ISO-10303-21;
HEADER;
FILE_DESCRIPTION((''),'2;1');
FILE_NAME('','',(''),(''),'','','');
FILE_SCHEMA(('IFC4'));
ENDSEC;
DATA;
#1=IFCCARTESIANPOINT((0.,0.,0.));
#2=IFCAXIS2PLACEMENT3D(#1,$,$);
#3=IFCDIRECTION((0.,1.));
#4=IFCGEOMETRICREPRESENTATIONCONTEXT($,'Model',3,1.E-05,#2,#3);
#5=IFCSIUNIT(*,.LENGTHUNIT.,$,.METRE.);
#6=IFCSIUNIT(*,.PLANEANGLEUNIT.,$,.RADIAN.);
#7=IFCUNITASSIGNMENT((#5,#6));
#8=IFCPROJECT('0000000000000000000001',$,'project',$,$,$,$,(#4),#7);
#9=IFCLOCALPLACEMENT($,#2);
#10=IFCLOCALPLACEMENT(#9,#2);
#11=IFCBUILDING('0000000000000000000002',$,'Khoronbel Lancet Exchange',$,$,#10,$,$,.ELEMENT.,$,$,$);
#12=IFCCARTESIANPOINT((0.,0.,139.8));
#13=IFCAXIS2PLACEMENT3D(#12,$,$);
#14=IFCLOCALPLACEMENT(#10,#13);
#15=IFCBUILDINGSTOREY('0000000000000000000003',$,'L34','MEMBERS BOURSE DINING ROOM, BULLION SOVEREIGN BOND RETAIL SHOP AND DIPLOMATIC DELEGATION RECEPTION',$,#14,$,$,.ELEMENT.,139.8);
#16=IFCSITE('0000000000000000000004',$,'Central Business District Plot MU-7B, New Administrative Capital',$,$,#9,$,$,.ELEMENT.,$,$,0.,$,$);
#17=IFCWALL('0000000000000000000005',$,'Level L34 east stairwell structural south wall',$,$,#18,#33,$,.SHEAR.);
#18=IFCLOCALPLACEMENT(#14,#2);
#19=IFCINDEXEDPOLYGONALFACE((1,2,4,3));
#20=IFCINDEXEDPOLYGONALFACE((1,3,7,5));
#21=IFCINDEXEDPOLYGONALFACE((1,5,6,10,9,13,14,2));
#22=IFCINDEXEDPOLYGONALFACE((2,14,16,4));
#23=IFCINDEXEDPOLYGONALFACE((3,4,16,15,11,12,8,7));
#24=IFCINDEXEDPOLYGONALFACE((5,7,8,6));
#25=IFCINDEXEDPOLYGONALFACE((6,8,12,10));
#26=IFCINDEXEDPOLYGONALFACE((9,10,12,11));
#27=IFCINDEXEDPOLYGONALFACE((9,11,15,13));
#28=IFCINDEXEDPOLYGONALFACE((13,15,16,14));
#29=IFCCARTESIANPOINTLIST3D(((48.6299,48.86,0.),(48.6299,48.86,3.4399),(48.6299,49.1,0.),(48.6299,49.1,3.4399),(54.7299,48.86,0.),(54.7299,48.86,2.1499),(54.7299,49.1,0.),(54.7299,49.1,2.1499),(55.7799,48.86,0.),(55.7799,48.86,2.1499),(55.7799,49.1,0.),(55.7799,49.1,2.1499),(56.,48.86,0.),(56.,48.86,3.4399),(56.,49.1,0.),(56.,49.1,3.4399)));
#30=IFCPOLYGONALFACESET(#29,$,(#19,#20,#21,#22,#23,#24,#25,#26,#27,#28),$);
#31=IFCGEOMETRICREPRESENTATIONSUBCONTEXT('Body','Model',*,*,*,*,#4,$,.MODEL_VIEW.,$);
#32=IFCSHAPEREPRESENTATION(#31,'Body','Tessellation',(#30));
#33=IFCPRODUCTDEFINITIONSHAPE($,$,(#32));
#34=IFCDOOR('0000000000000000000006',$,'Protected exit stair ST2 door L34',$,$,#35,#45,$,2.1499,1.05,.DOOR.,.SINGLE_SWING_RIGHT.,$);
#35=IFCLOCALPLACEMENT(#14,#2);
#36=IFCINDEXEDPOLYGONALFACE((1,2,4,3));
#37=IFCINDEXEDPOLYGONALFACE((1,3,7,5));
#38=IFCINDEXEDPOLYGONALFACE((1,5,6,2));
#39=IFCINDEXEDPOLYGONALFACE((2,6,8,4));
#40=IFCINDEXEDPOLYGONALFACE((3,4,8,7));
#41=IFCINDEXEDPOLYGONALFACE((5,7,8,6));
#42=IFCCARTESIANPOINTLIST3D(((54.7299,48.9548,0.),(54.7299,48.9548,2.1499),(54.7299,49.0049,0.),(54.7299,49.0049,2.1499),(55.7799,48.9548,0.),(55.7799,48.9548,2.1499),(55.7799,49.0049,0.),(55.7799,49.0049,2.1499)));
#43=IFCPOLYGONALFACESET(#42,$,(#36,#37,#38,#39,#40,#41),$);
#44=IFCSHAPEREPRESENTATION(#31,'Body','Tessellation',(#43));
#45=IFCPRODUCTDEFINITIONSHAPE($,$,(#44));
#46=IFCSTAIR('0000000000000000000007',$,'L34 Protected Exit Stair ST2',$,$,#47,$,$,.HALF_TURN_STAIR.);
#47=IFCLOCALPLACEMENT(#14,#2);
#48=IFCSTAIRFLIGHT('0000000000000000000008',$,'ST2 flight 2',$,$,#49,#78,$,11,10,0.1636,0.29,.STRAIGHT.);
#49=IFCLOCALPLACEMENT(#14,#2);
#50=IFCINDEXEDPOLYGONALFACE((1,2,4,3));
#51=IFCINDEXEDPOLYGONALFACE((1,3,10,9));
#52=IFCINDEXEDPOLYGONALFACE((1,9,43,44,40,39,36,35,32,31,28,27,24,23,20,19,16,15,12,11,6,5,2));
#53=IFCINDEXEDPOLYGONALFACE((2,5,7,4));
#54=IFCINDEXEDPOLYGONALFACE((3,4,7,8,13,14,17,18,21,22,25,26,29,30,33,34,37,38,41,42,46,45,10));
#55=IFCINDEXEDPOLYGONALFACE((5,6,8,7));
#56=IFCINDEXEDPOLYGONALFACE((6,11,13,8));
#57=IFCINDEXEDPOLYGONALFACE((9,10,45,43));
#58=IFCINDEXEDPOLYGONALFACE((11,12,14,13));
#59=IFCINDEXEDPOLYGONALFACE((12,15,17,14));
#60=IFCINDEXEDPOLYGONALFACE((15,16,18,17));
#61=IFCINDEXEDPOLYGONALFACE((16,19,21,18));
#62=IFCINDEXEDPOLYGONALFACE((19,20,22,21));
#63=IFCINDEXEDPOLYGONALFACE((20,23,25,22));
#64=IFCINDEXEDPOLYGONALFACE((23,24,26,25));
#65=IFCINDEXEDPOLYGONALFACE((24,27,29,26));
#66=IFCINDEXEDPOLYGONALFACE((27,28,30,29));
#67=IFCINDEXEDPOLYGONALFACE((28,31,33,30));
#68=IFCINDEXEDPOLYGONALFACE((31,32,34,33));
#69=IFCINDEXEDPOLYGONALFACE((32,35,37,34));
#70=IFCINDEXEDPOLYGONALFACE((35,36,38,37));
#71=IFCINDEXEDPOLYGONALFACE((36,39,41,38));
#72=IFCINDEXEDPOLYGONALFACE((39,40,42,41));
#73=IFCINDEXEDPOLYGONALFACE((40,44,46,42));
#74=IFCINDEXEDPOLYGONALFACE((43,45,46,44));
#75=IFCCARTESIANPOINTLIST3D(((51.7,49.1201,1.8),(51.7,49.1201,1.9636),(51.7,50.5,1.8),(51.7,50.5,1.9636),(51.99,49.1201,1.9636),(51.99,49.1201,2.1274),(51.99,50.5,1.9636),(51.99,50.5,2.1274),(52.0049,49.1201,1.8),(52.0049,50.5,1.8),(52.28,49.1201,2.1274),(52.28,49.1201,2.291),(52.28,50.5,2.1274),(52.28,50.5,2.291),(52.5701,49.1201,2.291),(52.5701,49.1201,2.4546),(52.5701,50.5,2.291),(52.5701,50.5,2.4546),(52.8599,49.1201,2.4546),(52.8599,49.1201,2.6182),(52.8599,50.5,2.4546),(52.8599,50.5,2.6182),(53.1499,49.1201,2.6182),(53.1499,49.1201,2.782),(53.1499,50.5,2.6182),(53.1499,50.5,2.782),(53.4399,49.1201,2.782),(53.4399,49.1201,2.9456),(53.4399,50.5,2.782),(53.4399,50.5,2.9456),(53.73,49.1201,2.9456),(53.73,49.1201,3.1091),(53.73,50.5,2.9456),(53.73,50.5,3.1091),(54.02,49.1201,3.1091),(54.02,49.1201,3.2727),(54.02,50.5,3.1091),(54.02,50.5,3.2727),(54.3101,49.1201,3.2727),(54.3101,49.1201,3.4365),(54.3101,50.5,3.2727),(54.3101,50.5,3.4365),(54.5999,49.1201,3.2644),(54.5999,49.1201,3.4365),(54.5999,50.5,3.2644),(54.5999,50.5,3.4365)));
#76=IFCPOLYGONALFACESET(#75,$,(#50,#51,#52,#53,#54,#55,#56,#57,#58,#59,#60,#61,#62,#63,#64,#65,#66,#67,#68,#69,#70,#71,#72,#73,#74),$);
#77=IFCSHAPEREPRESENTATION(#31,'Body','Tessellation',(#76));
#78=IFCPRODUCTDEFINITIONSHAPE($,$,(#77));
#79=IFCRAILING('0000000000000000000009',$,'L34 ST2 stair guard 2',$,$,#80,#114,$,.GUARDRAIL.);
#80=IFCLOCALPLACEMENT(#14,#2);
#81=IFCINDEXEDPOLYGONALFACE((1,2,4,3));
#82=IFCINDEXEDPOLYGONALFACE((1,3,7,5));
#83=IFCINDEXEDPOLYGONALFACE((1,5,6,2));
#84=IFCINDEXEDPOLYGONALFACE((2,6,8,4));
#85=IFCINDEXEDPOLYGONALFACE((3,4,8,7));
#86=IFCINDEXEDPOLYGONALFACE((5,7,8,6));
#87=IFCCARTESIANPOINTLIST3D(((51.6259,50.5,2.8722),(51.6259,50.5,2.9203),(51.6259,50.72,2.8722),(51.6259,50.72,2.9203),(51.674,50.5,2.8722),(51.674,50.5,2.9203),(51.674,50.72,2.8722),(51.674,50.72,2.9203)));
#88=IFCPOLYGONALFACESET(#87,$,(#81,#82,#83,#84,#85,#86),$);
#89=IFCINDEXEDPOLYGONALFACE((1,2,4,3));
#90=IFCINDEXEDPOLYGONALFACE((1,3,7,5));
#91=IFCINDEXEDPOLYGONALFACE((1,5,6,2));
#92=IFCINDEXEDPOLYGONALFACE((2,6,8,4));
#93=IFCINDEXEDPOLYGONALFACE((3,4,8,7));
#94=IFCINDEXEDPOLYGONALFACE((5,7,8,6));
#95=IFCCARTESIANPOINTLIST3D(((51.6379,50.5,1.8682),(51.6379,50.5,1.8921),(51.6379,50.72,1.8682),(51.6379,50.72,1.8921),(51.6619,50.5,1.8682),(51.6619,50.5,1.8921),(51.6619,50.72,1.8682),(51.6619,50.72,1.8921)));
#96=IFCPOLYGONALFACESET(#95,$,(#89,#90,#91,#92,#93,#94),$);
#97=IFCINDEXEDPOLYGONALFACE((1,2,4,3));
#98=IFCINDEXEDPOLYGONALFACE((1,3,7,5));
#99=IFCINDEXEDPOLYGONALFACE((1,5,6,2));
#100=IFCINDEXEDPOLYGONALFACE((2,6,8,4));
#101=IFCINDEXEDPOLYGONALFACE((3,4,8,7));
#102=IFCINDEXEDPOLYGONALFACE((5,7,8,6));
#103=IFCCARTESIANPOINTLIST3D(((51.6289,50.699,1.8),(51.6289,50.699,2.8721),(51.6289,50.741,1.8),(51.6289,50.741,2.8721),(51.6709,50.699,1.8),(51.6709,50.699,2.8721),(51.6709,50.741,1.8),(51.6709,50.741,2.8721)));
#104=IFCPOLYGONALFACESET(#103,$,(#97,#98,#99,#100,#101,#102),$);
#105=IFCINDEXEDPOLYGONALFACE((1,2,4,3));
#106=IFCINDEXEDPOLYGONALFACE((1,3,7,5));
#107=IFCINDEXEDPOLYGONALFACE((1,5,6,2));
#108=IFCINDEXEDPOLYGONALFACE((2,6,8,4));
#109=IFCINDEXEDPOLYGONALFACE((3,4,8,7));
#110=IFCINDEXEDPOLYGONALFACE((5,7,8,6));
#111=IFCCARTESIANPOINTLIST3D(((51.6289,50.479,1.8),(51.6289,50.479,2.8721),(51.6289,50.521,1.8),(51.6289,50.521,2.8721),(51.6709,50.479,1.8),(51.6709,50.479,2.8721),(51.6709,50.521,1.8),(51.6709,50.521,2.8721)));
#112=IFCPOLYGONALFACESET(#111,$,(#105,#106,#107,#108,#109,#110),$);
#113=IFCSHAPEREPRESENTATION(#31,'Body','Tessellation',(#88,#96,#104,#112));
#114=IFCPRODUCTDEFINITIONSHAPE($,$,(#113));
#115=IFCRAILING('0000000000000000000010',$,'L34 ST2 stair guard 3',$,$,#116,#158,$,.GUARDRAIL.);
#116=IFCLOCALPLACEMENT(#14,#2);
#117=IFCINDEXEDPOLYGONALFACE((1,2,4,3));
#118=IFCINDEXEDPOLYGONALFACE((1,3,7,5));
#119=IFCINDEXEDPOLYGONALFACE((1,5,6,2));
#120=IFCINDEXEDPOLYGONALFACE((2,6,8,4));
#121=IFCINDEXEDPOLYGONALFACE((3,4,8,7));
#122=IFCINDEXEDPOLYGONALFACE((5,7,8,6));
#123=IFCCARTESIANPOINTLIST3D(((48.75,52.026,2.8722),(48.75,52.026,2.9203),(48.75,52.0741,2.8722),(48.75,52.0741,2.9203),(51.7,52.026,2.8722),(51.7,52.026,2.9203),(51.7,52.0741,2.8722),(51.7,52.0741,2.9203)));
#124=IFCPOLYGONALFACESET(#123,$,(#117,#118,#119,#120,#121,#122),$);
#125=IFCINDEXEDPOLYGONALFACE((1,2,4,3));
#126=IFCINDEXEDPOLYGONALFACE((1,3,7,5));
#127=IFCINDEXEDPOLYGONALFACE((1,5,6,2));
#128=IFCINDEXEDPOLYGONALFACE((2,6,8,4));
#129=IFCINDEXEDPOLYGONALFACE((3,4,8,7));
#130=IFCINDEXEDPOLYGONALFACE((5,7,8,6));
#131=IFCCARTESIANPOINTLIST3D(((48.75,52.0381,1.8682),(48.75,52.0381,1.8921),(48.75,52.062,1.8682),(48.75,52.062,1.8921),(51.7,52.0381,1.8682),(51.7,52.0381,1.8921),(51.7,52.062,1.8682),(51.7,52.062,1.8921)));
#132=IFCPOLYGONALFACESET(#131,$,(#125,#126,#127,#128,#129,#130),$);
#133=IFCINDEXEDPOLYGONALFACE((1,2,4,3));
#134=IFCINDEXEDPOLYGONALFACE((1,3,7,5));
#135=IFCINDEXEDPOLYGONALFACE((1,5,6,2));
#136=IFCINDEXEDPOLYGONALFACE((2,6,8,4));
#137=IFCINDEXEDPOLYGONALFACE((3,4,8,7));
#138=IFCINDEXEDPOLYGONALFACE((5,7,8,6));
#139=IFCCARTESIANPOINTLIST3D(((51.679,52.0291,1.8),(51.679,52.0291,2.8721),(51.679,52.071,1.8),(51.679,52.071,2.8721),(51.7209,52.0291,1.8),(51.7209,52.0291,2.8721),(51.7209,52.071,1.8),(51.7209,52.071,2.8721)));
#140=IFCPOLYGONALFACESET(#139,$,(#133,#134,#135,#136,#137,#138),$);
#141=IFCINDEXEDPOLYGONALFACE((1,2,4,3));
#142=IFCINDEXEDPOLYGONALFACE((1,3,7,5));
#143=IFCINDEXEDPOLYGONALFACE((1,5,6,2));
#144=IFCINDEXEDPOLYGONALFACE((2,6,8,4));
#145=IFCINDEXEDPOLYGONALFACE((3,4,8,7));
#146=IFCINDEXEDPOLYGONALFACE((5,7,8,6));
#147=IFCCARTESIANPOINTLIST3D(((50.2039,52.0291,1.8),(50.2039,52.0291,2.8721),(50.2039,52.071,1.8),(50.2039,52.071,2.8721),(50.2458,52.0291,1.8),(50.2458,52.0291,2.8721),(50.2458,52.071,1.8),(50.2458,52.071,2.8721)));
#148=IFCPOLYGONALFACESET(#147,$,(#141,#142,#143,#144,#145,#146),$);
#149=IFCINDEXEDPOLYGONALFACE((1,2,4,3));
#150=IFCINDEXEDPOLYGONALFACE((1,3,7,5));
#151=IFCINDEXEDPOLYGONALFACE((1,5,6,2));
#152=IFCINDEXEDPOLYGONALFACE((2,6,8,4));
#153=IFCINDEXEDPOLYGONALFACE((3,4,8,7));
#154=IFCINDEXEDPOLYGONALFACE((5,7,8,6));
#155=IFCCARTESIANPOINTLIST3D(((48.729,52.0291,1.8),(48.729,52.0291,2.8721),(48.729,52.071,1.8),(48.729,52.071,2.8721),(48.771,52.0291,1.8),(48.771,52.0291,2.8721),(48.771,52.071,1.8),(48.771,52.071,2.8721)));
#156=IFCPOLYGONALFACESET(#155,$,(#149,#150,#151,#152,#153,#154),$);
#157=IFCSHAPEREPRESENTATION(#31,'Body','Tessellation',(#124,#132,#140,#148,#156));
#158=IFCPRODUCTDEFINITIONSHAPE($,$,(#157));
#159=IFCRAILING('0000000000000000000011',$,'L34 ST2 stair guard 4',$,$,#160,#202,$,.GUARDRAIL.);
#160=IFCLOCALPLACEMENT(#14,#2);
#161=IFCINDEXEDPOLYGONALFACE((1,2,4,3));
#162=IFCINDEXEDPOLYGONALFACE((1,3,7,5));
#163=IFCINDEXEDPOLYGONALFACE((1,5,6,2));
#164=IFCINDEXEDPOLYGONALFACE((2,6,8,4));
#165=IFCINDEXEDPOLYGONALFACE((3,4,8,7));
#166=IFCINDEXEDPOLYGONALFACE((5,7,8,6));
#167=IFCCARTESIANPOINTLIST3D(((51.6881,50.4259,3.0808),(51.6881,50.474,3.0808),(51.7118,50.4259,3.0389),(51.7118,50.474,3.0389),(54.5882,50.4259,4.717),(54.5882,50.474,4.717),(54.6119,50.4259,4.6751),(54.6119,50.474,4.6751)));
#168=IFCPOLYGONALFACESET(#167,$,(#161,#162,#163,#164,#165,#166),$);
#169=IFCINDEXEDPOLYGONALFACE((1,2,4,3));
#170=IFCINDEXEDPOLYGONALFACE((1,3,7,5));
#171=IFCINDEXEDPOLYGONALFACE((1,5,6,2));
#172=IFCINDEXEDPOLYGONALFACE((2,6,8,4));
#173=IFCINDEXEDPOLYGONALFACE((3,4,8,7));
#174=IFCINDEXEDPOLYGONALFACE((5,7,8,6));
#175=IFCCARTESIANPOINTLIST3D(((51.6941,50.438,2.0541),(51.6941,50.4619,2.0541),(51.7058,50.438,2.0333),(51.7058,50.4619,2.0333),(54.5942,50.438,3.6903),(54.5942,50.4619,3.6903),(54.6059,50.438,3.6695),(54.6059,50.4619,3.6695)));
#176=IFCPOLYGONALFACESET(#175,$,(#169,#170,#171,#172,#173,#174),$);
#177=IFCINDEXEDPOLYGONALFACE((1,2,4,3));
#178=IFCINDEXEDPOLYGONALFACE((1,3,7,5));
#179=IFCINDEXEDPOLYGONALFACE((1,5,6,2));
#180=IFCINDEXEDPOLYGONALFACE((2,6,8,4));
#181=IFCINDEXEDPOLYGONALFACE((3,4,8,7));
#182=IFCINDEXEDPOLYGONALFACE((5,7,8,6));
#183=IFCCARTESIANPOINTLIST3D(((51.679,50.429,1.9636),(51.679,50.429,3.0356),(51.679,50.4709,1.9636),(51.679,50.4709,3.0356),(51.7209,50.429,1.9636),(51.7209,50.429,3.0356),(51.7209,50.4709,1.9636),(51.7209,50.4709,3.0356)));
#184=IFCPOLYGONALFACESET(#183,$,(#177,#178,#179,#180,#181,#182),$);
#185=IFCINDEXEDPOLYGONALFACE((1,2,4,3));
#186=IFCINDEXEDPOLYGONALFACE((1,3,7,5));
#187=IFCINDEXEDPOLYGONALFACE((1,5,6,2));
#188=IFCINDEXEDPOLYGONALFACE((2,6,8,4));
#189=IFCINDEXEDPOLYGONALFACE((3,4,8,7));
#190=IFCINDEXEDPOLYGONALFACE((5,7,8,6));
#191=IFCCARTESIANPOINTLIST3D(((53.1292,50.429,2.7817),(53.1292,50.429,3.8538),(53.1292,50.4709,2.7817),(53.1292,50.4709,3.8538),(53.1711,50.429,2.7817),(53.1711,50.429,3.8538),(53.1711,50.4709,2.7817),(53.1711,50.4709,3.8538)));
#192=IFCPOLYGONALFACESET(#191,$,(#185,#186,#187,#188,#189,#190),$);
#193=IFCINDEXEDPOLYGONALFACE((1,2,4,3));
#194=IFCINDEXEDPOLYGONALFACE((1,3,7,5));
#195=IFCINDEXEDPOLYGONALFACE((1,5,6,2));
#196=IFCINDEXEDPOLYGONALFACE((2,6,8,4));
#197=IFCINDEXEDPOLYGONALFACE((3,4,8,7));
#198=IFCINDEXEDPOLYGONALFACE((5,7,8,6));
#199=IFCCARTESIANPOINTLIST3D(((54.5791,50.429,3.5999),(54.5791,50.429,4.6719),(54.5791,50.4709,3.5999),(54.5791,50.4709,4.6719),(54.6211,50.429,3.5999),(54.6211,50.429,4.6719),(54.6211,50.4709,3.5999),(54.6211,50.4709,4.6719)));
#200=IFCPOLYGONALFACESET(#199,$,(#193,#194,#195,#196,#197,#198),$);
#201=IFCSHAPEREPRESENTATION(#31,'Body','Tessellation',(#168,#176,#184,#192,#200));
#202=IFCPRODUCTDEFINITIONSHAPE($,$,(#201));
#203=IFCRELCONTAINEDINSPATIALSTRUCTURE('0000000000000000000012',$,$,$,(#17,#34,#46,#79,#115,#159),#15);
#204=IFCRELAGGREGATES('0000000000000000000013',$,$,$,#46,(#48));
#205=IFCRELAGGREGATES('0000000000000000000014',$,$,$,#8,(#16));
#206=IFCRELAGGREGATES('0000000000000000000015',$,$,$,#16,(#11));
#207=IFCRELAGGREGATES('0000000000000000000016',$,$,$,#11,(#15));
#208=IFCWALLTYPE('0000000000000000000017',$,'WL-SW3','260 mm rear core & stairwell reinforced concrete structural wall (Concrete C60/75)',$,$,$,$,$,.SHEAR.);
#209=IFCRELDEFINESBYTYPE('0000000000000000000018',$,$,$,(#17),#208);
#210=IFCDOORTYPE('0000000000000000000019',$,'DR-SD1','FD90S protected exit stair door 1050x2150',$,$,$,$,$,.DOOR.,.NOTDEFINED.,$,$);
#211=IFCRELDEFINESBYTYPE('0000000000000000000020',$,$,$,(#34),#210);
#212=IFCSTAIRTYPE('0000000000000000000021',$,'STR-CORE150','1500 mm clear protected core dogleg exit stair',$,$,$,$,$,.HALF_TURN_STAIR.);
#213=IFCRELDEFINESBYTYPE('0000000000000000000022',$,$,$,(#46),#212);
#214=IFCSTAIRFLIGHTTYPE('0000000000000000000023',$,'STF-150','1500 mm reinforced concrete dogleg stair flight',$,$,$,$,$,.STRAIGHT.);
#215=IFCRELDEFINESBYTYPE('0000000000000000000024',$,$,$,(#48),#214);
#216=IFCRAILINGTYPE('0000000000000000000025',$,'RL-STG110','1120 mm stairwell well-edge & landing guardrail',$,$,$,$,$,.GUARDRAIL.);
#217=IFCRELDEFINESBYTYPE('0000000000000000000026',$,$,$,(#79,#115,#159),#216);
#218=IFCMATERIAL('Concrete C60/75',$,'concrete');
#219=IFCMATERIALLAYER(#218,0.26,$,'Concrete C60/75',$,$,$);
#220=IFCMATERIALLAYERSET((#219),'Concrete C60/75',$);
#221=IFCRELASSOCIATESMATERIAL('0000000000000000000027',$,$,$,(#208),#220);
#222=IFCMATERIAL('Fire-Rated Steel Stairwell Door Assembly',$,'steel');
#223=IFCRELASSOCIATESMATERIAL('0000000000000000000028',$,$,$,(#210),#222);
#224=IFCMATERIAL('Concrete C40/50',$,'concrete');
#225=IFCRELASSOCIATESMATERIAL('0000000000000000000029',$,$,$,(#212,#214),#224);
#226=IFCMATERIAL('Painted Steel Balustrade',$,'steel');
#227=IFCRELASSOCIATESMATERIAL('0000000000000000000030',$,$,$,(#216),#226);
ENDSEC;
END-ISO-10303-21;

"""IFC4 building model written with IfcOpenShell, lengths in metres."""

from ifc_helpers import new_model, si_unit, direction, frame, frame_2d, origin, origin_2d, place, context, subcontext, project, spatial, polyline, rectangle, outline, extrude, material, layer, layer_set, type_object, element, fill, aggregate, save


model = new_model("IFC4")

# Units and contexts
model_context = context("Model", 3, precision=1e-05, world=origin(), true_north=direction((0.0, 1.0)))
body_context = subcontext(model_context, "Body", "Model", "MODEL_VIEW")
ifc_project = project(units=[si_unit("LENGTHUNIT", "METRE"), si_unit("PLANEANGLEUNIT", "RADIAN")], contexts=[model_context])

# Site, building, storey
site_placement = place(None, origin())
site = spatial("IfcSite", under=ifc_project, at=site_placement, Name="Central Business District Plot MU-7B, New Administrative Capital", CompositionType="ELEMENT", RefElevation=0.0)
building_placement = place(site_placement, origin())
building = spatial("IfcBuilding", under=site, at=building_placement, Name="Khoronbel Lancet Exchange", CompositionType="ELEMENT")
storey_placement = place(building_placement, frame((0.0, 0.0, 139.8)))
storey = spatial("IfcBuildingStorey", under=building, at=storey_placement, Name="L34", Description="MEMBERS BOURSE DINING ROOM, BULLION SOVEREIGN BOND RETAIL SHOP AND DIPLOMATIC DELEGATION RECEPTION", CompositionType="ELEMENT", Elevation=139.8)

# Wall, opening, door
ifc_material_1 = material(Name="Concrete C60/75", Category="concrete")
ifc_layer_1 = layer(ifc_material_1, 0.26, Name="Concrete C60/75")
ifc_layer_set_1 = layer_set([ifc_layer_1], Name="Concrete C60/75")
wall_type_1 = type_object("IfcWallType", Name="WL-SW3", Description="260 mm rear core & stairwell reinforced concrete structural wall (Concrete C60/75)", PredefinedType="SHEAR", material=ifc_layer_set_1)
wall_1_placement = place(storey_placement, frame((48.6299, 48.98, 0.0), z_axis=(0.0, 0.0, 1.0), x_axis=(1.0, 0.0, 0.0)))
wall_1 = element("IfcWall", 1, at=wall_1_placement, inside=storey, type_object=wall_type_1, Name="Level L34 east stairwell structural south wall", PredefinedType="SHEAR", context=body_context, shape_type="SweptSolid", body=[
    extrude(rectangle(XDim=7.3701, YDim=0.24, at=frame_2d((3.6851, 0.0))), origin(), (0.0, 0.0, 1.0), 3.4399),
])
opening_1_placement = place(wall_1_placement, frame((6.1001, 0.0, 0.0)))
opening_1 = element("IfcOpeningElement", 2, at=opening_1_placement, cuts=wall_1, PredefinedType="OPENING", context=body_context, shape_type="SweptSolid", body=[
    extrude(rectangle(XDim=1.05, YDim=2.1499, at=frame_2d((0.5249, 1.075))), frame((0.0, 0.1299, 0.0), z_axis=(0.0, -1.0, 0.0), x_axis=(1.0, 0.0, 0.0)), (0.0, 0.0, 1.0), 0.26),
])
ifc_material_2 = material(Name="Fire-Rated Steel Stairwell Door Assembly", Category="steel")
door_type_1 = type_object("IfcDoorType", Name="DR-SD1", Description="FD90S protected exit stair door 1050x2150", OperationType="NOTDEFINED", PredefinedType="DOOR", material=ifc_material_2)
door_1_placement = place(opening_1_placement, origin())
door_1 = element("IfcDoor", 3, at=door_1_placement, inside=storey, type_object=door_type_1, Name="Protected exit stair ST2 door L34", OperationType="SINGLE_SWING_RIGHT", OverallHeight=2.1499, OverallWidth=1.05, PredefinedType="DOOR", context=body_context, shape_type="SweptSolid", body=[
    extrude(rectangle(XDim=1.05, YDim=2.1499, at=frame_2d((0.5249, 1.075))), frame((0.0, 0.0249, 0.0), z_axis=(0.0, -1.0, 0.0), x_axis=(1.0, 0.0, 0.0)), (0.0, 0.0, 1.0), 0.05),
])
fill(opening_1, door_1)

# Stair, stair flight
ifc_material_3 = material(Name="Concrete C40/50", Category="concrete")
stair_type = type_object("IfcStairType", Name="STR-CORE150", Description="1500 mm clear protected core dogleg exit stair", PredefinedType="HALF_TURN_STAIR", material=ifc_material_3)
stair_placement = place(storey_placement, origin())
stair = element("IfcStair", 4, at=stair_placement, inside=storey, type_object=stair_type, Name="L34 Protected Exit Stair ST2", PredefinedType="HALF_TURN_STAIR")
stair_flight_type = type_object("IfcStairFlightType", Name="STF-150", Description="1500 mm reinforced concrete dogleg stair flight", PredefinedType="STRAIGHT", material=ifc_material_3)
stair_flight_placement = place(storey_placement, frame((51.7, 49.8101, 1.8), z_axis=(0.0, 0.0, 1.0), x_axis=(1.0, 0.0, 0.0)))
stair_flight = element("IfcStairFlight", 5, at=stair_flight_placement, type_object=stair_flight_type, Name="ST2 flight 2", NumberOfRisers=11, NumberOfTreads=10, PredefinedType="STRAIGHT", RiserHeight=0.1636, TreadLength=0.29, context=body_context, shape_type="SweptSolid", body=[
    extrude(outline(polyline([(0.0, 0.0), (0.0, 0.1636), (0.29, 0.1636), (0.29, 0.3274), (0.5801, 0.3274), (0.5801, 0.491), (0.8701, 0.491), (0.8701, 0.6545), (1.1599, 0.6545), (1.1599, 0.8181), (1.45, 0.8181), (1.45, 0.9819), (1.74, 0.9819), (1.74, 1.1455), (2.03, 1.1455), (2.03, 1.3091), (2.3201, 1.3091), (2.3201, 1.4727), (2.6101, 1.4727), (2.6101, 1.6365), (2.8999, 1.6365), (2.8999, 1.8), (2.8999, 1.4644), (0.3049, 0.0), (0.0, 0.0)])), frame((0.0, 0.6899, 0.0), z_axis=(0.0, -1.0, 0.0), x_axis=(1.0, 0.0, 0.0)), (0.0, 0.0, 1.0), 1.3799),
])
aggregate(stair, [stair_flight])

# Railings
ifc_material_4 = material(Name="Painted Steel Balustrade", Category="steel")
railing_type_1 = type_object("IfcRailingType", Name="RL-STG110", Description="1120 mm stairwell well-edge & landing guardrail", PredefinedType="GUARDRAIL", material=ifc_material_4)
railing_1_placement = place(storey_placement, frame((51.6499, 50.72, 1.8)))
element("IfcRailing", 6, at=railing_1_placement, inside=storey, type_object=railing_type_1, Name="L34 ST2 stair guard 2", PredefinedType="GUARDRAIL", context=body_context, shape_type="SweptSolid", body=[
    extrude(rectangle(XDim=0.0481, YDim=0.0481, at=origin_2d()), frame((0.0, 0.0, 1.0962), z_axis=(0.0, -1.0, 0.0), x_axis=(1.0, 0.0, 0.0)), (0.0, 0.0, 1.0), 0.22),
    extrude(rectangle(XDim=0.0239, YDim=0.0239, at=origin_2d()), frame((0.0, 0.0, 0.0801), z_axis=(0.0, -1.0, 0.0), x_axis=(1.0, 0.0, 0.0)), (0.0, 0.0, 1.0), 0.22),
    extrude(rectangle(XDim=0.042, YDim=0.042, at=origin_2d()), origin(), (0.0, 0.0, 1.0), 1.072),
    extrude(rectangle(XDim=0.042, YDim=0.042, at=origin_2d()), frame((0.0, -0.22, 0.0)), (0.0, 0.0, 1.0), 1.072),
])
railing_2_placement = place(storey_placement, frame((51.7, 52.05, 1.8)))
element("IfcRailing", 7, at=railing_2_placement, inside=storey, type_object=railing_type_1, Name="L34 ST2 stair guard 3", PredefinedType="GUARDRAIL", context=body_context, shape_type="SweptSolid", body=[
    extrude(rectangle(XDim=0.0481, YDim=0.0481, at=origin_2d()), frame((0.0, 0.0, 1.0962), z_axis=(-1.0, 0.0, 0.0), x_axis=(0.0, -1.0, 0.0)), (0.0, 0.0, 1.0), 2.95),
    extrude(rectangle(XDim=0.0239, YDim=0.0239, at=origin_2d()), frame((0.0, 0.0, 0.0801), z_axis=(-1.0, 0.0, 0.0), x_axis=(0.0, -1.0, 0.0)), (0.0, 0.0, 1.0), 2.95),
    extrude(rectangle(XDim=0.042, YDim=0.042, at=origin_2d()), origin(), (0.0, 0.0, 1.0), 1.072),
    extrude(rectangle(XDim=0.042, YDim=0.042, at=origin_2d()), frame((-1.4751, 0.0, 0.0)), (0.0, 0.0, 1.0), 1.072),
    extrude(rectangle(XDim=0.042, YDim=0.042, at=origin_2d()), frame((-2.95, 0.0, 0.0)), (0.0, 0.0, 1.0), 1.072),
])
railing_3_placement = place(storey_placement, frame((51.7, 50.45, 1.9636)))
element("IfcRailing", 8, at=railing_3_placement, inside=storey, type_object=railing_type_1, Name="L34 ST2 stair guard 4", PredefinedType="GUARDRAIL", context=body_context, shape_type="SweptSolid", body=[
    extrude(rectangle(XDim=0.0481, YDim=0.0481, at=origin_2d()), frame((0.0, 0.0, 1.0962), z_axis=(0.870946, 0.0, 0.491378), x_axis=(0.0, 1.0, 0.0)), (0.0, 0.0, 1.0), 3.3298),
    extrude(rectangle(XDim=0.0239, YDim=0.0239, at=origin_2d()), frame((0.0, 0.0, 0.0801), z_axis=(0.870946, 0.0, 0.491378), x_axis=(0.0, 1.0, 0.0)), (0.0, 0.0, 1.0), 3.3298),
    extrude(rectangle(XDim=0.042, YDim=0.042, at=origin_2d()), origin(), (0.0, 0.0, 1.0), 1.072),
    extrude(rectangle(XDim=0.042, YDim=0.042, at=origin_2d()), frame((1.4502, 0.0, 0.8181)), (0.0, 0.0, 1.0), 1.072),
    extrude(rectangle(XDim=0.042, YDim=0.042, at=origin_2d()), frame((2.9001, 0.0, 1.6362)), (0.0, 0.0, 1.0), 1.072),
])

save(model, "model.ifc")
